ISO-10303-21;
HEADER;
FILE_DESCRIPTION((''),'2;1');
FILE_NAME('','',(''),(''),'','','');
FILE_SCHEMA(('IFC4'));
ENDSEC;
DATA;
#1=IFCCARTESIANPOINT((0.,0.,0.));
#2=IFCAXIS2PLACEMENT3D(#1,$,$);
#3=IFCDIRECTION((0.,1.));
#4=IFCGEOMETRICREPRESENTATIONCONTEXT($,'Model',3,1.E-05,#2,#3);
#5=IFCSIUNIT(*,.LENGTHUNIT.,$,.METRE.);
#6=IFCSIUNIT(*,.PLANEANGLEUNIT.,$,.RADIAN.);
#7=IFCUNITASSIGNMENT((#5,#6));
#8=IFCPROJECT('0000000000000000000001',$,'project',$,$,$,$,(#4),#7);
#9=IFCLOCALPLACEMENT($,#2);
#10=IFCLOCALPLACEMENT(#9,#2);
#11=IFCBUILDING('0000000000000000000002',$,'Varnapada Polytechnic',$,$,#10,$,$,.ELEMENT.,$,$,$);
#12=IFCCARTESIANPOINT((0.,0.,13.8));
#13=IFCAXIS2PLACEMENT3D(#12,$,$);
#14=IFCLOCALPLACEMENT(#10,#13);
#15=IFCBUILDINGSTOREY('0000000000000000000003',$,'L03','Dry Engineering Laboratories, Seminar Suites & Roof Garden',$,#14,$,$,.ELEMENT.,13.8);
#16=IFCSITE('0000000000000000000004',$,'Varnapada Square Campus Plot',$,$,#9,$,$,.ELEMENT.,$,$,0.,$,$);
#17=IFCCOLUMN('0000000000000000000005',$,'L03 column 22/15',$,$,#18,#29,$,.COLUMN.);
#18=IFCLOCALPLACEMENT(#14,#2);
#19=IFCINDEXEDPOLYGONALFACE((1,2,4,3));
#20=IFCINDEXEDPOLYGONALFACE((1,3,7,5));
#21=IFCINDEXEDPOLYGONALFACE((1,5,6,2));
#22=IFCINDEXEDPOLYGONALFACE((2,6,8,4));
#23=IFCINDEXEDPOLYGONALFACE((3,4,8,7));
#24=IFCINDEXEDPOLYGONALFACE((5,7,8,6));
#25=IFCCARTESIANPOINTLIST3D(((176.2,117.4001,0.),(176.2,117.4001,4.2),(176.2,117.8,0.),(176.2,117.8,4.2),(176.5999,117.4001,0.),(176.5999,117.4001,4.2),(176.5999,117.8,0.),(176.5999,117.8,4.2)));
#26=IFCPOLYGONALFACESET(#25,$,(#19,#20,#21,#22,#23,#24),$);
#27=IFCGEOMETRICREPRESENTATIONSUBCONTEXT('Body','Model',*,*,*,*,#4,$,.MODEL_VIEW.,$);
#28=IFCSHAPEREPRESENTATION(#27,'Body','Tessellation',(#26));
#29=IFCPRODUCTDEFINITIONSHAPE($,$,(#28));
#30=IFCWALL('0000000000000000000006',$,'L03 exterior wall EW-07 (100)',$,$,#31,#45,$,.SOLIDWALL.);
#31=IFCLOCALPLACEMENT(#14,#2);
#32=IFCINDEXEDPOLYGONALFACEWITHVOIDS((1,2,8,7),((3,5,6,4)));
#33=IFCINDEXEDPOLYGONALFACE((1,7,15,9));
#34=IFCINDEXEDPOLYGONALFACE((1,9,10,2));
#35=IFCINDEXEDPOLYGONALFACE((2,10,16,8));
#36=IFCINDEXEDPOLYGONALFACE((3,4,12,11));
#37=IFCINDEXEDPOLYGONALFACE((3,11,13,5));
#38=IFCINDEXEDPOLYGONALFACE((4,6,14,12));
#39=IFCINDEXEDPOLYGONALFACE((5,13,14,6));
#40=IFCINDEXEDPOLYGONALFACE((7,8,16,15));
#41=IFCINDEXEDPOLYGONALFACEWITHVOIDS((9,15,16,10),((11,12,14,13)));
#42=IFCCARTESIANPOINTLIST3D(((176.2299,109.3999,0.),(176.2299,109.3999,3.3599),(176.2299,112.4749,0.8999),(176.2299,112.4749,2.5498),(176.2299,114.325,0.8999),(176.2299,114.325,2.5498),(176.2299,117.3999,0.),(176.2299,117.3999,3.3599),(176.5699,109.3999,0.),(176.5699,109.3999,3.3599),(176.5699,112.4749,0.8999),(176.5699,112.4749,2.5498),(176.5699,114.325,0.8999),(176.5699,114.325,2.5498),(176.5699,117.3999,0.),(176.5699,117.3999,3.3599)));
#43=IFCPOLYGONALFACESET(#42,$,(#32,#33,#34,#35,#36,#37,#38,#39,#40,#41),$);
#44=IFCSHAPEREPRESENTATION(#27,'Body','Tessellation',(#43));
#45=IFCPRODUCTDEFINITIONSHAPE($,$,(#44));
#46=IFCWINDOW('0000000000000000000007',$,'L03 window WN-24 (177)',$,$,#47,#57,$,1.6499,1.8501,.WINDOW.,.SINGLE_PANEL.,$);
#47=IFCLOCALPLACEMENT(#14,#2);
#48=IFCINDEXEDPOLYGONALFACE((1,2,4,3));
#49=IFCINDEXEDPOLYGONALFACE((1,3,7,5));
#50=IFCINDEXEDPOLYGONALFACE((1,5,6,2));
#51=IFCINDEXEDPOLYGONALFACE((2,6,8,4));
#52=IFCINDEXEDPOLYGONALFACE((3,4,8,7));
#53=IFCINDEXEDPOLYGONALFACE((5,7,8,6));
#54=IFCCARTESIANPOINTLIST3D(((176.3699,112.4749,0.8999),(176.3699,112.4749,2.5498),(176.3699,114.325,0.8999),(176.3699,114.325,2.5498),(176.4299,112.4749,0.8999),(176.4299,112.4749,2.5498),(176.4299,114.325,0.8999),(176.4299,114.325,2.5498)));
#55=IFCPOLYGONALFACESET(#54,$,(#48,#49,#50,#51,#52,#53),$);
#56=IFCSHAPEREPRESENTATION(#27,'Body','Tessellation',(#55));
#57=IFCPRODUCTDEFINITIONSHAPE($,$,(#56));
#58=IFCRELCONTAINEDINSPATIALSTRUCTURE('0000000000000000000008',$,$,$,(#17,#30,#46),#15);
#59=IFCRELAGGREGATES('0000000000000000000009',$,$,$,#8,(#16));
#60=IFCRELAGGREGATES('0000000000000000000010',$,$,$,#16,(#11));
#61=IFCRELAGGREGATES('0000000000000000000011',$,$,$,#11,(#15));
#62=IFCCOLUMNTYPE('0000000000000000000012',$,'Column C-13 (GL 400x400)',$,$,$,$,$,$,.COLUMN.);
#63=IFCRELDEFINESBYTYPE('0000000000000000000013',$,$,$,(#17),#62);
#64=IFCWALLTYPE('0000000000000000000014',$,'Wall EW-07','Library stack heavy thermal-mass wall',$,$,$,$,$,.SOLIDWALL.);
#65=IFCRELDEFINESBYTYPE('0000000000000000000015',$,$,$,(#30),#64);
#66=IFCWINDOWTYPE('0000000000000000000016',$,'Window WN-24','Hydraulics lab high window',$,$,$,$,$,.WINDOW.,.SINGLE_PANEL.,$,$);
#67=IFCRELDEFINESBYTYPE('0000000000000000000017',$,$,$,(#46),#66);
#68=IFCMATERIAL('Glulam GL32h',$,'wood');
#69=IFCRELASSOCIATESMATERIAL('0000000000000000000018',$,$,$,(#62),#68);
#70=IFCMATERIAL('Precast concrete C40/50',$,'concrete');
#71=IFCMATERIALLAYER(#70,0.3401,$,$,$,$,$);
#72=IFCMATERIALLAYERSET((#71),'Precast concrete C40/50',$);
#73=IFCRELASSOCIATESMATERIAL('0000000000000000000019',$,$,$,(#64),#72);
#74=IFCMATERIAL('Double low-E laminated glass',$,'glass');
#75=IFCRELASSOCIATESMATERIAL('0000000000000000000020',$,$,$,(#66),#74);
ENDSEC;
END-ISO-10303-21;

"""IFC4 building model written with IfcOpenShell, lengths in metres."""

from ifc_helpers import new_model, si_unit, direction, frame, frame_2d, origin, origin_2d, place, context, subcontext, project, spatial, rectangle, extrude, material, layer, layer_set, material_profile, profile_set, type_object, element, fill, save


model = new_model("IFC4")

# Units and contexts
model_context = context("Model", 3, precision=1e-05, world=origin(), true_north=direction((0.0, 1.0)))
body_context = subcontext(model_context, "Body", "Model", "MODEL_VIEW")
ifc_project = project(units=[si_unit("LENGTHUNIT", "METRE"), si_unit("PLANEANGLEUNIT", "RADIAN")], contexts=[model_context])

# Site, building, storey
site_placement = place(None, origin())
site = spatial("IfcSite", under=ifc_project, at=site_placement, Name="Varnapada Square Campus Plot", CompositionType="ELEMENT", RefElevation=0.0)
building_placement = place(site_placement, origin())
building = spatial("IfcBuilding", under=site, at=building_placement, Name="Varnapada Polytechnic", CompositionType="ELEMENT")
storey_placement = place(building_placement, frame((0.0, 0.0, 13.8)))
storey = spatial("IfcBuildingStorey", under=building, at=storey_placement, Name="L03", Description="Dry Engineering Laboratories, Seminar Suites & Roof Garden", CompositionType="ELEMENT", Elevation=13.8)

# Column
ifc_material_1 = material(Name="Glulam GL32h", Category="wood")
ifc_material_profile = material_profile(ifc_material_1, rectangle(XDim=0.3999, YDim=0.3999, at=origin_2d()), Name="GL 400x400")
ifc_profile_set = profile_set([ifc_material_profile], Name="Glulam GL32h")
column_type = type_object("IfcColumnType", Name="Column C-13 (GL 400x400)", PredefinedType="COLUMN", material=ifc_profile_set)
column_placement = place(storey_placement, frame((176.3999, 117.6001, 0.0), z_axis=(0.0, 0.0, 1.0), x_axis=(1.0, 0.0, 0.0)))
element("IfcColumn", 1, at=column_placement, inside=storey, type_object=column_type, Name="L03 column 22/15", PredefinedType="COLUMN", context=body_context, shape_type="SweptSolid", body=[
    extrude(rectangle(XDim=0.3999, YDim=0.3999, at=origin_2d()), origin(), (0.0, 0.0, 1.0), 4.2),
])

# Wall, opening, window
ifc_material_2 = material(Name="Precast concrete C40/50", Category="concrete")
ifc_layer_1 = layer(ifc_material_2, 0.3401)
ifc_layer_set_1 = layer_set([ifc_layer_1], Name="Precast concrete C40/50")
wall_type = type_object("IfcWallType", Name="Wall EW-07", Description="Library stack heavy thermal-mass wall", PredefinedType="SOLIDWALL", material=ifc_layer_set_1)
wall_placement = place(storey_placement, frame((176.3999, 117.3999, 0.0), z_axis=(0.0, 0.0, 1.0), x_axis=(0.0, -1.0, 0.0)))
wall = element("IfcWall", 2, at=wall_placement, inside=storey, type_object=wall_type, Name="L03 exterior wall EW-07 (100)", PredefinedType="SOLIDWALL", context=body_context, shape_type="SweptSolid", body=[
    extrude(rectangle(XDim=8.0, YDim=0.3401, at=frame_2d((4.0, 0.0))), origin(), (0.0, 0.0, 1.0), 3.3599),
])
opening_1_placement = place(wall_placement, frame((3.075, 0.0, 0.8999)))
opening_1 = element("IfcOpeningElement", 3, at=opening_1_placement, cuts=wall, PredefinedType="OPENING", context=body_context, shape_type="SweptSolid", body=[
    extrude(rectangle(XDim=1.8501, YDim=1.6499, at=frame_2d((0.925, 0.825))), frame((0.0, 0.1799, 0.0), z_axis=(0.0, -1.0, 0.0), x_axis=(1.0, 0.0, 0.0)), (0.0, 0.0, 1.0), 0.3601),
])
ifc_material_3 = material(Name="Double low-E laminated glass", Category="glass")
window_type = type_object("IfcWindowType", Name="Window WN-24", Description="Hydraulics lab high window", PartitioningType="SINGLE_PANEL", PredefinedType="WINDOW", material=ifc_material_3)
window_placement = place(opening_1_placement, origin())
window = element("IfcWindow", 4, at=window_placement, inside=storey, type_object=window_type, Name="L03 window WN-24 (177)", OverallHeight=1.6499, OverallWidth=1.8501, PartitioningType="SINGLE_PANEL", PredefinedType="WINDOW", context=body_context, shape_type="SweptSolid", body=[
    extrude(rectangle(XDim=1.8501, YDim=1.6499, at=frame_2d((0.925, 0.825))), frame((0.0, 0.03, 0.0), z_axis=(0.0, -1.0, 0.0), x_axis=(1.0, 0.0, 0.0)), (0.0, 0.0, 1.0), 0.0601),
])
fill(opening_1, window)

save(model, "model.ifc")
